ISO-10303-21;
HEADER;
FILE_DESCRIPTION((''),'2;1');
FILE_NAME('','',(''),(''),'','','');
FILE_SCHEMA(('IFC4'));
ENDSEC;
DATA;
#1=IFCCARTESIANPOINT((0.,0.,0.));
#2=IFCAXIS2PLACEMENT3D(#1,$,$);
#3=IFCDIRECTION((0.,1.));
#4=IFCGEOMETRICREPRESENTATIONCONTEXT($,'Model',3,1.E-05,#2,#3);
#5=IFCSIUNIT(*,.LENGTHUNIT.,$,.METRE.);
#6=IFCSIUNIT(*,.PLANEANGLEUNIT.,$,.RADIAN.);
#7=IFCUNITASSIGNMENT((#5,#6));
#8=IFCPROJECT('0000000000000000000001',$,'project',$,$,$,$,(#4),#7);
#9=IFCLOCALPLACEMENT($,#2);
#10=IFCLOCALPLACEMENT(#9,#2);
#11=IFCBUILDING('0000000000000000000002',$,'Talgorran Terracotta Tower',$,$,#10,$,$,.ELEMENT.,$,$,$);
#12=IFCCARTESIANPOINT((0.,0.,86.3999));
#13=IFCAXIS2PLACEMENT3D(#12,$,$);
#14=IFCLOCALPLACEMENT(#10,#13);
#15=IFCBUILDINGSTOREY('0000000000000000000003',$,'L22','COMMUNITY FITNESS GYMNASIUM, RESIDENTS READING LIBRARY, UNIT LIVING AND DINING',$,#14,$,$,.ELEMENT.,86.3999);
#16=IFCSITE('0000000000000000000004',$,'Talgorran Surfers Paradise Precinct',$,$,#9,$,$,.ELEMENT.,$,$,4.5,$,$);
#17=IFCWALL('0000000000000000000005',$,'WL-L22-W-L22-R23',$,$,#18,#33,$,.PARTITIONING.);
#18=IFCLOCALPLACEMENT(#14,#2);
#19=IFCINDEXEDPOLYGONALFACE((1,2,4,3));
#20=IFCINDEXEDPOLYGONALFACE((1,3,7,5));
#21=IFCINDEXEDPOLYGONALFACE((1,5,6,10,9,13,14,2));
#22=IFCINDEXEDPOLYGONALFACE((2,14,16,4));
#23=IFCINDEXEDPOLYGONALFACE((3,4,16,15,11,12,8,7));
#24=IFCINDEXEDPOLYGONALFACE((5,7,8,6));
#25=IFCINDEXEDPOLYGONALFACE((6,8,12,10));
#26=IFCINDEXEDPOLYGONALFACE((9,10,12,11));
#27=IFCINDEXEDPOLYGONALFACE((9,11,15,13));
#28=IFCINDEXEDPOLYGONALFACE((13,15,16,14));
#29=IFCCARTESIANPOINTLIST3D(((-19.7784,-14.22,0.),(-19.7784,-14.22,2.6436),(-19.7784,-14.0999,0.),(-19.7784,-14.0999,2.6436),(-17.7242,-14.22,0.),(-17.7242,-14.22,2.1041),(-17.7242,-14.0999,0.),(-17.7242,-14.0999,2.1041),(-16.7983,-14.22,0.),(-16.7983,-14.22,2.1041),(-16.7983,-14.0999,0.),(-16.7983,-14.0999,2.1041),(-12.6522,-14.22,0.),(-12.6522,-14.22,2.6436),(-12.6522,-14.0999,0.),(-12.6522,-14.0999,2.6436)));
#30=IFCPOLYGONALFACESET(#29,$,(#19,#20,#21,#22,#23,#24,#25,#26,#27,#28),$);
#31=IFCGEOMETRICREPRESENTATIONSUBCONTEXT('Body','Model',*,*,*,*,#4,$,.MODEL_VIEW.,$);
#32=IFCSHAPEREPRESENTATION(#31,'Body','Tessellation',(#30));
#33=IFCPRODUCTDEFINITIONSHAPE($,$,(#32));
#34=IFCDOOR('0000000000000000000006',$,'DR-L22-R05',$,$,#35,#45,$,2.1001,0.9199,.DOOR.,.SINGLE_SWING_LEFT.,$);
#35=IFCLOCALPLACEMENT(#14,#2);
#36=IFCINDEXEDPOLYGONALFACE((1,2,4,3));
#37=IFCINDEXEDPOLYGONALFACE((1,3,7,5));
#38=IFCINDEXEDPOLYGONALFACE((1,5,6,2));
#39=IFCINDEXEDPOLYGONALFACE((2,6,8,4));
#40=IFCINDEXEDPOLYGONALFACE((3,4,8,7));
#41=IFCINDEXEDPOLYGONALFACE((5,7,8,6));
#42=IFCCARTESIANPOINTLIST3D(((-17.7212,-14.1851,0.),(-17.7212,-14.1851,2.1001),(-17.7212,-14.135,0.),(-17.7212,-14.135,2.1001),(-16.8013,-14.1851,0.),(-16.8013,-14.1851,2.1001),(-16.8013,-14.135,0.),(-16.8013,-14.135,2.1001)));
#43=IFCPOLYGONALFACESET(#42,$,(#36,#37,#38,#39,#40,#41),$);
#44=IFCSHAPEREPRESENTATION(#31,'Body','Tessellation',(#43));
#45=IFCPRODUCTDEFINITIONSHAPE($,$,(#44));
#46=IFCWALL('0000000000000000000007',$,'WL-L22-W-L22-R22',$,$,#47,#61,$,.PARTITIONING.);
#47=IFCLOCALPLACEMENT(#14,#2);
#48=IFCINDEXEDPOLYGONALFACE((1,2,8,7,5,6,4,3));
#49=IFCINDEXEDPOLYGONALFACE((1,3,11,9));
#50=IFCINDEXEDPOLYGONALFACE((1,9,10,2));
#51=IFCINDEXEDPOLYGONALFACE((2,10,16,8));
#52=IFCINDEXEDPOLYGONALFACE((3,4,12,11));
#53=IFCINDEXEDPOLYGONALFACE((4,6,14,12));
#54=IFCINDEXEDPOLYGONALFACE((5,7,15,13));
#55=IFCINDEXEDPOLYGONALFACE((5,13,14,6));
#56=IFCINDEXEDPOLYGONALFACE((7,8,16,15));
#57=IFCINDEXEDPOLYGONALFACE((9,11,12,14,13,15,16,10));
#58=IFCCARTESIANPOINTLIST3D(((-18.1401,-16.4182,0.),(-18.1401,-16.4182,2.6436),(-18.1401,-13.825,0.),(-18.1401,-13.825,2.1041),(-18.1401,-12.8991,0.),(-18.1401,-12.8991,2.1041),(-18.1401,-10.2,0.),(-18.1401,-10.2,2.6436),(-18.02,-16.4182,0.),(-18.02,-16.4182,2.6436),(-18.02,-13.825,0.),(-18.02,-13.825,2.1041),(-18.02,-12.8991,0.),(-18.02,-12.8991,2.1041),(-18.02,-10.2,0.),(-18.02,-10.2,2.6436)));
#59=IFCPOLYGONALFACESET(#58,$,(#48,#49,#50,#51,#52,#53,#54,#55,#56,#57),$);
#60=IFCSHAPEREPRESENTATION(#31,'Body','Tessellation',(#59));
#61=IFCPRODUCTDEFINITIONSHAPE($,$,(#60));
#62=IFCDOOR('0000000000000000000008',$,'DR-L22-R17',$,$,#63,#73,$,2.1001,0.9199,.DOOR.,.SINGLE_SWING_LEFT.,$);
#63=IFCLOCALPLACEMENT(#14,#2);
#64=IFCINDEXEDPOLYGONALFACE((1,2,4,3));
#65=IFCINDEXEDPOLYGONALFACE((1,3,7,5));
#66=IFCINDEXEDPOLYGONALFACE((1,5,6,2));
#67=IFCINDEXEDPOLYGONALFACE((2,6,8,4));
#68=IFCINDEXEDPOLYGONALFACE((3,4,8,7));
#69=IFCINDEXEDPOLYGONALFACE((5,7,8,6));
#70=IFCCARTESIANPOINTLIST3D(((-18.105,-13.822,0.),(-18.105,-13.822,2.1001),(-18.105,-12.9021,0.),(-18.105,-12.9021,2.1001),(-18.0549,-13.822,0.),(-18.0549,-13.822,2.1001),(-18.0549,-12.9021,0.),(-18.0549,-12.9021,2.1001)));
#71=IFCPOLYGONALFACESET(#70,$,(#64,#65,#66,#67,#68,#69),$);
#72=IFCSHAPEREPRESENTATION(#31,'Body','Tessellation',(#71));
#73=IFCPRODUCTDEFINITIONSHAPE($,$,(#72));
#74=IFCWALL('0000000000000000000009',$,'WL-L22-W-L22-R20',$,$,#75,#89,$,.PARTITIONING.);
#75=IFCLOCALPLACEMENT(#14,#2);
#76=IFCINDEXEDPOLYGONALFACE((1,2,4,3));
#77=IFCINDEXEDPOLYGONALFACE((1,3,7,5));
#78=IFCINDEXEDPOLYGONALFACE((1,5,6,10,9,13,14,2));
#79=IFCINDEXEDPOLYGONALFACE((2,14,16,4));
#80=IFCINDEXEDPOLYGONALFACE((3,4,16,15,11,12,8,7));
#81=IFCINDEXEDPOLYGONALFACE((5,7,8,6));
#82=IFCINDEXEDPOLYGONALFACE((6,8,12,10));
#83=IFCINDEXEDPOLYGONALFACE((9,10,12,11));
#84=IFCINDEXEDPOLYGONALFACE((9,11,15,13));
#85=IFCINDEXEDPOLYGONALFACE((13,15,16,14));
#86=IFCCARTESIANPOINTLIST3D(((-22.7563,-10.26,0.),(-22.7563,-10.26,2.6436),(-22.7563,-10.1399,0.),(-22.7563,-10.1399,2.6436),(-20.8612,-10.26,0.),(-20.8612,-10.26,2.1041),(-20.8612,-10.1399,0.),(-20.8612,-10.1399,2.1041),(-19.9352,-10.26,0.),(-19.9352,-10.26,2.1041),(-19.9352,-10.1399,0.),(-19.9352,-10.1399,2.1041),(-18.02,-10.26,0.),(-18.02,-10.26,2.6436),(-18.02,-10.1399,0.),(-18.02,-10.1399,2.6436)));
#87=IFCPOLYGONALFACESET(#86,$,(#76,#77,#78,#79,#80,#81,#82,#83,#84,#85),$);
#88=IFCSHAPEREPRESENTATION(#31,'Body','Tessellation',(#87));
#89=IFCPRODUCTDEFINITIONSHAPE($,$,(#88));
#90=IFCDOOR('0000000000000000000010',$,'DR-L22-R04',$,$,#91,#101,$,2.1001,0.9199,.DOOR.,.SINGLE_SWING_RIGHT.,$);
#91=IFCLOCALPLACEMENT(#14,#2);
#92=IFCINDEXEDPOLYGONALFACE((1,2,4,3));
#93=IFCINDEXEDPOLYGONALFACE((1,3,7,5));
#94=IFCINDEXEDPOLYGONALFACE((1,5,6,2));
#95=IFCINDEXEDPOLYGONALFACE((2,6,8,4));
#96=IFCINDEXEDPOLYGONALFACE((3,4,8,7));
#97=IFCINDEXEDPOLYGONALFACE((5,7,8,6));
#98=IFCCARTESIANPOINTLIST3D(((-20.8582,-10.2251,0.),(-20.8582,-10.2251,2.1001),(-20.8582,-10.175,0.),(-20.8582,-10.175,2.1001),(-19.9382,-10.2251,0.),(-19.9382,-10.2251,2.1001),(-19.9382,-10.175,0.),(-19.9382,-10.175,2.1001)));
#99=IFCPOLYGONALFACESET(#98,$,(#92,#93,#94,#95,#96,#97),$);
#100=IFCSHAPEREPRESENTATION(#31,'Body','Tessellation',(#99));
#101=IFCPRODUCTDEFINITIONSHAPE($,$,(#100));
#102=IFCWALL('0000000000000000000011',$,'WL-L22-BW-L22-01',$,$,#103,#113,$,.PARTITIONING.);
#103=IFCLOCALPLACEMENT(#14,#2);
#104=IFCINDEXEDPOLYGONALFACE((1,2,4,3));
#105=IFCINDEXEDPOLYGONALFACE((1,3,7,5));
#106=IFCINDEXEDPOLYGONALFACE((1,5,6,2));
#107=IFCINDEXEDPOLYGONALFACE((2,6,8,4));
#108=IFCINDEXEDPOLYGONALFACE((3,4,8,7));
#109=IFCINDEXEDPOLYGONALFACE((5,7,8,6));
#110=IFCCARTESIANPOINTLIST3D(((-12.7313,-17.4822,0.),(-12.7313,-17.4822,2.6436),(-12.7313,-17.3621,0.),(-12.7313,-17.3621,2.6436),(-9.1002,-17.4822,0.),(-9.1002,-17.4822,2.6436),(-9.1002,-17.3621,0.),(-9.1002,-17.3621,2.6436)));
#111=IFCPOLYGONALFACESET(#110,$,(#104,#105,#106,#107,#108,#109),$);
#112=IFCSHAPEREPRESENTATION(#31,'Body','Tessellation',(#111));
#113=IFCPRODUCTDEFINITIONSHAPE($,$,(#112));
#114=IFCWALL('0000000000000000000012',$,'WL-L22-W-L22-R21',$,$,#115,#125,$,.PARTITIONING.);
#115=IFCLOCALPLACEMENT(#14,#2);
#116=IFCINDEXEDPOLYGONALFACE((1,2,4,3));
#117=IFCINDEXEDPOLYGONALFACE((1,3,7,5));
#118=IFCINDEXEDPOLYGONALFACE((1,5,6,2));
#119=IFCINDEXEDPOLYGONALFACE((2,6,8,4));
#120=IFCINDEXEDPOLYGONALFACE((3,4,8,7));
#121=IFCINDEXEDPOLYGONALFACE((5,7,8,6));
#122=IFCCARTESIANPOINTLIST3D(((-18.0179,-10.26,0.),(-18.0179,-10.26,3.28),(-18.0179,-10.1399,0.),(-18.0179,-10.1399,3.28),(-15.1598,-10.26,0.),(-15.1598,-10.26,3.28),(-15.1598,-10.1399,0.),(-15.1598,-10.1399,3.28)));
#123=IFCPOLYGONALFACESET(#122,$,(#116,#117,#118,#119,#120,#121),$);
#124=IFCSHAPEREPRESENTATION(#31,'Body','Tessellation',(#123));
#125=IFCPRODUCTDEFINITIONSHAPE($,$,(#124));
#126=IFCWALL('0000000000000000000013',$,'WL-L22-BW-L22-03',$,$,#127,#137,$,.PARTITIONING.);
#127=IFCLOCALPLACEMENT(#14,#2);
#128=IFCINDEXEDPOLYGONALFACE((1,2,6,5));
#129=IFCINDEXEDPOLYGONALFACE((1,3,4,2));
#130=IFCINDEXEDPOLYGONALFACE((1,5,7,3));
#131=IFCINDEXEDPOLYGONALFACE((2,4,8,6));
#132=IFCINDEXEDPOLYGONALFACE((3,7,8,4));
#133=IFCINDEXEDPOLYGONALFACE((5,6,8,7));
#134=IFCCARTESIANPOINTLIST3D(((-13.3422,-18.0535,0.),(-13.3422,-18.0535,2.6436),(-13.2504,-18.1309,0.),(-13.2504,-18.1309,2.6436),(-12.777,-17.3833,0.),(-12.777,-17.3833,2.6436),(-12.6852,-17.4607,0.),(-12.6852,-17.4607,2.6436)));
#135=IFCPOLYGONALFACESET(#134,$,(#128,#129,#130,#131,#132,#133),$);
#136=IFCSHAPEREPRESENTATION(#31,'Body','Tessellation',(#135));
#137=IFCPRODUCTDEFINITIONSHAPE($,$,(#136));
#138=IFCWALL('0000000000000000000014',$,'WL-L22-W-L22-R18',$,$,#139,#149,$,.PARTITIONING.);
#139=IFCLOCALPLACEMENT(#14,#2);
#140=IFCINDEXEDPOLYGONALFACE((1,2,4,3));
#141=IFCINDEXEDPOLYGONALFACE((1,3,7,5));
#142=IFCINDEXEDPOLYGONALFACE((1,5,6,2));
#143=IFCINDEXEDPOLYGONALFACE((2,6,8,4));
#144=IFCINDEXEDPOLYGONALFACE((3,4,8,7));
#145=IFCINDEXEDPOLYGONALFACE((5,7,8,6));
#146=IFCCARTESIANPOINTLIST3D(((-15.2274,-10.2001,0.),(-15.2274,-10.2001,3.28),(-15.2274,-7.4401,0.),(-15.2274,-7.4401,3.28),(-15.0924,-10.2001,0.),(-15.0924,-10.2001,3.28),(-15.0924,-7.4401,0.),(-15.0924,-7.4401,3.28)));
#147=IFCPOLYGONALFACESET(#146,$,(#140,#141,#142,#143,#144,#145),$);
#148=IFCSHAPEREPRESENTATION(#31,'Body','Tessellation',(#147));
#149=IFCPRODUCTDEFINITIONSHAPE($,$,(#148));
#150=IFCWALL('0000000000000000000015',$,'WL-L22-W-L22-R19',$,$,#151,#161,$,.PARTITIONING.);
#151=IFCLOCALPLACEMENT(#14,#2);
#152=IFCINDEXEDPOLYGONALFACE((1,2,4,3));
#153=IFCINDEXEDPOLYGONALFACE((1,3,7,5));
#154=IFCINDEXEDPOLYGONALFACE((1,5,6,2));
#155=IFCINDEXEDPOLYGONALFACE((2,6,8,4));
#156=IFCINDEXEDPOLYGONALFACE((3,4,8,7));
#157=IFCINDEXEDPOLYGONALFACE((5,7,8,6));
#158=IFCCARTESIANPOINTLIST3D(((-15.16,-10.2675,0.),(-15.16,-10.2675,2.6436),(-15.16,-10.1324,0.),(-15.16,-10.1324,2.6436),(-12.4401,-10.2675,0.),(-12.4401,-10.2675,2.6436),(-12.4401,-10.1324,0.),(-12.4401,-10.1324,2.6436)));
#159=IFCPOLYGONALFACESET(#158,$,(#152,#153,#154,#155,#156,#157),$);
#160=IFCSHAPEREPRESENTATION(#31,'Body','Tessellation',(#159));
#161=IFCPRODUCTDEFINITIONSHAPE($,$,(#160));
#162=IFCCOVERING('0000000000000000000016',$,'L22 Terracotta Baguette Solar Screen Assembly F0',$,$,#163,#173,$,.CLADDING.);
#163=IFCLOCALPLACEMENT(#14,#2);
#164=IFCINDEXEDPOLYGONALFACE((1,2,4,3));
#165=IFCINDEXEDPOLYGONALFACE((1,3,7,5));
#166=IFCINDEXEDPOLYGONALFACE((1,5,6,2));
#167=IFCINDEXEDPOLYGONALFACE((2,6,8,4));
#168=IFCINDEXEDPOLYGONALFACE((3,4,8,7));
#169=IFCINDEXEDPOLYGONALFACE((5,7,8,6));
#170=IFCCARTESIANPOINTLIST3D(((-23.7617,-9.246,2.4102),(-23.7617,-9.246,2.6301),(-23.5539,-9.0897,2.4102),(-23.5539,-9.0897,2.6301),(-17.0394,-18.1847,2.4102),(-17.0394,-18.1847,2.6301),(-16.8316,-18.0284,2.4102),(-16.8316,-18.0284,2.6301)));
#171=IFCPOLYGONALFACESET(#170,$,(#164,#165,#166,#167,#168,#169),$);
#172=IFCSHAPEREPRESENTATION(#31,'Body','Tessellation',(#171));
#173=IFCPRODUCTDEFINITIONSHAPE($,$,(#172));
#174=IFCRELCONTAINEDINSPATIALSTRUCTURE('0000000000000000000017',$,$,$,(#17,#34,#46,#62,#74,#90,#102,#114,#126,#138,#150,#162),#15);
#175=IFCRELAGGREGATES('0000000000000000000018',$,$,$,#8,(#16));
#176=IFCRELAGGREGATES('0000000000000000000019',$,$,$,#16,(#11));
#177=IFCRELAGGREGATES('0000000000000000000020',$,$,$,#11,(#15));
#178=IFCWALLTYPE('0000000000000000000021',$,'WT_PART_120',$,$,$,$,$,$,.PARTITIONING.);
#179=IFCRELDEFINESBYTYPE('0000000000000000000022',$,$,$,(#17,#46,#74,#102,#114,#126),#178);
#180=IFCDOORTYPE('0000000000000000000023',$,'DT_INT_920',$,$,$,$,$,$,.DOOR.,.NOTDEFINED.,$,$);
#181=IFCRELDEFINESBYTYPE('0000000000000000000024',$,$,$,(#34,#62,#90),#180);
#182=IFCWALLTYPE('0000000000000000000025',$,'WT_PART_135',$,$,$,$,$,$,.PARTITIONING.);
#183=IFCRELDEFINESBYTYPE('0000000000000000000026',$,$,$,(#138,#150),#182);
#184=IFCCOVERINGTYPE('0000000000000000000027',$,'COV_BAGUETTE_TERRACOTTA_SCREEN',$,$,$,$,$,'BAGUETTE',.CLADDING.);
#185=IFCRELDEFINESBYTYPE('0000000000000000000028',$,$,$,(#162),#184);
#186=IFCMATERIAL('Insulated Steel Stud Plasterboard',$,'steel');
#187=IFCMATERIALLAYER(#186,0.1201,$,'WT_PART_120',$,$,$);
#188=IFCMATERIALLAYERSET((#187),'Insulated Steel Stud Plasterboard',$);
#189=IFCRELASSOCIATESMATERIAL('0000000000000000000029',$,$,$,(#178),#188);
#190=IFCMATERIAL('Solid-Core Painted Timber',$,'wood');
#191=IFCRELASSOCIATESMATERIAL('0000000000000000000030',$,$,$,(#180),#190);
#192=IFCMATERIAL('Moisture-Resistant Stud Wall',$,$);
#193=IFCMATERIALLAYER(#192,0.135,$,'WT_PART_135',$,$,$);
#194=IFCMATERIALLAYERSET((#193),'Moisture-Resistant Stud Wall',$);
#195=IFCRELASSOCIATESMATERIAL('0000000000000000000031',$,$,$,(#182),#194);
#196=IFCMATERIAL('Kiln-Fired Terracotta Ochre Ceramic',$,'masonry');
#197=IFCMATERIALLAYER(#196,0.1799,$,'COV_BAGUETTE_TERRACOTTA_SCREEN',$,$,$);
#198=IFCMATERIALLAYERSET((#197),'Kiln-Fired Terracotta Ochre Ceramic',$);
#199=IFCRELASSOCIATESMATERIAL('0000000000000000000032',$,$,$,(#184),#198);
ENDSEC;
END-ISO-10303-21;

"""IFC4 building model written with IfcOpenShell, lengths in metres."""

from ifc_helpers import new_model, si_unit, direction, frame, frame_2d, origin, origin_2d, place, context, subcontext, project, spatial, rectangle, extrude, material, layer, layer_set, type_object, element, fill, save


model = new_model("IFC4")

# Units and contexts
model_context = context("Model", 3, precision=1e-05, world=origin(), true_north=direction((0.0, 1.0)))
body_context = subcontext(model_context, "Body", "Model", "MODEL_VIEW")
ifc_project = project(units=[si_unit("LENGTHUNIT", "METRE"), si_unit("PLANEANGLEUNIT", "RADIAN")], contexts=[model_context])

# Site, building, storey
site_placement = place(None, origin())
site = spatial("IfcSite", under=ifc_project, at=site_placement, Name="Talgorran Surfers Paradise Precinct", CompositionType="ELEMENT", RefElevation=4.5)
building_placement = place(site_placement, origin())
building = spatial("IfcBuilding", under=site, at=building_placement, Name="Talgorran Terracotta Tower", CompositionType="ELEMENT")
storey_placement = place(building_placement, frame((0.0, 0.0, 86.3999)))
storey = spatial("IfcBuildingStorey", under=building, at=storey_placement, Name="L22", Description="COMMUNITY FITNESS GYMNASIUM, RESIDENTS READING LIBRARY, UNIT LIVING AND DINING", CompositionType="ELEMENT", Elevation=86.3999)

# Walls, openings, doors
ifc_material_1 = material(Name="Insulated Steel Stud Plasterboard", Category="steel")
ifc_layer_1 = layer(ifc_material_1, 0.1201, Name="WT_PART_120")
ifc_layer_set_1 = layer_set([ifc_layer_1], Name="Insulated Steel Stud Plasterboard")
wall_type_1 = type_object("IfcWallType", Name="WT_PART_120", PredefinedType="PARTITIONING", material=ifc_layer_set_1)
wall_1_placement = place(storey_placement, frame((-19.7783, -14.1599, 0.0), z_axis=(0.0, 0.0, 1.0), x_axis=(1.0, 0.0, 0.0)))
wall_1 = element("IfcWall", 1, at=wall_1_placement, inside=storey, type_object=wall_type_1, Name="WL-L22-W-L22-R23", PredefinedType="PARTITIONING", context=body_context, shape_type="SweptSolid", body=[
    extrude(rectangle(XDim=7.1262, YDim=0.1201, at=frame_2d((3.563, 0.0))), origin(), (0.0, 0.0, 1.0), 2.6436),
])
opening_1_placement = place(wall_1_placement, frame((2.0571, 0.0, 0.0)))
opening_1 = element("IfcOpeningElement", 2, at=opening_1_placement, cuts=wall_1, PredefinedType="OPENING", context=body_context, shape_type="SweptSolid", body=[
    extrude(rectangle(XDim=0.9259, YDim=2.1041, at=frame_2d((0.46, 1.052))), frame((0.0, 0.0701, 0.0), z_axis=(0.0, -1.0, 0.0), x_axis=(1.0, 0.0, 0.0)), (0.0, 0.0, 1.0), 0.1401),
])
ifc_material_2 = material(Name="Solid-Core Painted Timber", Category="wood")
door_type = type_object("IfcDoorType", Name="DT_INT_920", OperationType="NOTDEFINED", PredefinedType="DOOR", material=ifc_material_2)
door_1_placement = place(opening_1_placement, origin())
door_1 = element("IfcDoor", 3, at=door_1_placement, inside=storey, type_object=door_type, Name="DR-L22-R05", OperationType="SINGLE_SWING_LEFT", OverallHeight=2.1001, OverallWidth=0.9199, PredefinedType="DOOR", context=body_context, shape_type="SweptSolid", body=[
    extrude(rectangle(XDim=0.9199, YDim=2.1001, at=frame_2d((0.46, 1.05))), frame((0.0, 0.0249, 0.0), z_axis=(0.0, -1.0, 0.0), x_axis=(1.0, 0.0, 0.0)), (0.0, 0.0, 1.0), 0.05),
])
fill(opening_1, door_1)
wall_2_placement = place(storey_placement, frame((-18.0801, -16.4182, 0.0), z_axis=(0.0, 0.0, 1.0), x_axis=(0.0, 1.0, 0.0)))
wall_2 = element("IfcWall", 4, at=wall_2_placement, inside=storey, type_object=wall_type_1, Name="WL-L22-W-L22-R22", PredefinedType="PARTITIONING", context=body_context, shape_type="SweptSolid", body=[
    extrude(rectangle(XDim=6.2183, YDim=0.1201, at=frame_2d((3.1091, 0.0))), origin(), (0.0, 0.0, 1.0), 2.6436),
])
opening_2_placement = place(wall_2_placement, frame((2.5962, 0.0, 0.0)))
opening_2 = element("IfcOpeningElement", 5, at=opening_2_placement, cuts=wall_2, PredefinedType="OPENING", context=body_context, shape_type="SweptSolid", body=[
    extrude(rectangle(XDim=0.9259, YDim=2.1041, at=frame_2d((0.46, 1.052))), frame((0.0, 0.0701, 0.0), z_axis=(0.0, -1.0, 0.0), x_axis=(1.0, 0.0, 0.0)), (0.0, 0.0, 1.0), 0.1401),
])
door_2_placement = place(opening_2_placement, origin())
door_2 = element("IfcDoor", 6, at=door_2_placement, inside=storey, type_object=door_type, Name="DR-L22-R17", OperationType="SINGLE_SWING_LEFT", OverallHeight=2.1001, OverallWidth=0.9199, PredefinedType="DOOR", context=body_context, shape_type="SweptSolid", body=[
    extrude(rectangle(XDim=0.9199, YDim=2.1001, at=frame_2d((0.46, 1.05))), frame((0.0, 0.0249, 0.0), z_axis=(0.0, -1.0, 0.0), x_axis=(1.0, 0.0, 0.0)), (0.0, 0.0, 1.0), 0.05),
])
fill(opening_2, door_2)
wall_3_placement = place(storey_placement, frame((-22.7563, -10.2, 0.0), z_axis=(0.0, 0.0, 1.0), x_axis=(1.0, 0.0, 0.0)))
wall_3 = element("IfcWall", 7, at=wall_3_placement, inside=storey, type_object=wall_type_1, Name="WL-L22-W-L22-R20", PredefinedType="PARTITIONING", context=body_context, shape_type="SweptSolid", body=[
    extrude(rectangle(XDim=4.7363, YDim=0.1201, at=frame_2d((2.3682, 0.0))), origin(), (0.0, 0.0, 1.0), 2.6436),
])
opening_3_placement = place(wall_3_placement, frame((1.8982, 0.0, 0.0)))
opening_3 = element("IfcOpeningElement", 8, at=opening_3_placement, cuts=wall_3, PredefinedType="OPENING", context=body_context, shape_type="SweptSolid", body=[
    extrude(rectangle(XDim=0.9259, YDim=2.1041, at=frame_2d((0.46, 1.052))), frame((0.0, 0.0701, 0.0), z_axis=(0.0, -1.0, 0.0), x_axis=(1.0, 0.0, 0.0)), (0.0, 0.0, 1.0), 0.1401),
])
door_3_placement = place(opening_3_placement, origin())
door_3 = element("IfcDoor", 9, at=door_3_placement, inside=storey, type_object=door_type, Name="DR-L22-R04", OperationType="SINGLE_SWING_RIGHT", OverallHeight=2.1001, OverallWidth=0.9199, PredefinedType="DOOR", context=body_context, shape_type="SweptSolid", body=[
    extrude(rectangle(XDim=0.9199, YDim=2.1001, at=frame_2d((0.46, 1.05))), frame((0.0, 0.0249, 0.0), z_axis=(0.0, -1.0, 0.0), x_axis=(1.0, 0.0, 0.0)), (0.0, 0.0, 1.0), 0.05),
])
fill(opening_3, door_3)

# Walls
wall_4_placement = place(storey_placement, frame((-12.7312, -17.4221, 0.0), z_axis=(0.0, 0.0, 1.0), x_axis=(1.0, 0.0, 0.0)))
element("IfcWall", 10, at=wall_4_placement, inside=storey, type_object=wall_type_1, Name="WL-L22-BW-L22-01", PredefinedType="PARTITIONING", context=body_context, shape_type="SweptSolid", body=[
    extrude(rectangle(XDim=3.6311, YDim=0.1201, at=frame_2d((1.8154, 0.0))), origin(), (0.0, 0.0, 1.0), 2.6436),
])
wall_5_placement = place(storey_placement, frame((-18.0181, -10.2, 0.0), z_axis=(0.0, 0.0, 1.0), x_axis=(1.0, 0.0, 0.0)))
element("IfcWall", 11, at=wall_5_placement, inside=storey, type_object=wall_type_1, Name="WL-L22-W-L22-R21", PredefinedType="PARTITIONING", context=body_context, shape_type="SweptSolid", body=[
    extrude(rectangle(XDim=2.8582, YDim=0.1201, at=frame_2d((1.4292, 0.0))), origin(), (0.0, 0.0, 1.0), 3.28),
])
wall_6_placement = place(storey_placement, frame((-13.2964, -18.0923, 0.0), z_axis=(0.0, 0.0, 1.0), x_axis=(0.644693, 0.764442, 0.0)))
element("IfcWall", 12, at=wall_6_placement, inside=storey, type_object=wall_type_1, Name="WL-L22-BW-L22-03", PredefinedType="PARTITIONING", context=body_context, shape_type="SweptSolid", body=[
    extrude(rectangle(XDim=0.8767, YDim=0.1201, at=frame_2d((0.4385, 0.0))), origin(), (0.0, 0.0, 1.0), 2.6436),
])
ifc_material_3 = material(Name="Moisture-Resistant Stud Wall")
ifc_layer_2 = layer(ifc_material_3, 0.135, Name="WT_PART_135")
ifc_layer_set_2 = layer_set([ifc_layer_2], Name="Moisture-Resistant Stud Wall")
wall_type_2 = type_object("IfcWallType", Name="WT_PART_135", PredefinedType="PARTITIONING", material=ifc_layer_set_2)
wall_7_placement = place(storey_placement, frame((-15.1599, -10.2, 0.0), z_axis=(0.0, 0.0, 1.0), x_axis=(0.0, 1.0, 0.0)))
element("IfcWall", 13, at=wall_7_placement, inside=storey, type_object=wall_type_2, Name="WL-L22-W-L22-R18", PredefinedType="PARTITIONING", context=body_context, shape_type="SweptSolid", body=[
    extrude(rectangle(XDim=2.76, YDim=0.135, at=frame_2d((1.3799, 0.0))), origin(), (0.0, 0.0, 1.0), 3.28),
])
wall_8_placement = place(storey_placement, frame((-15.1599, -10.2, 0.0), z_axis=(0.0, 0.0, 1.0), x_axis=(1.0, 0.0, 0.0)))
element("IfcWall", 14, at=wall_8_placement, inside=storey, type_object=wall_type_2, Name="WL-L22-W-L22-R19", PredefinedType="PARTITIONING", context=body_context, shape_type="SweptSolid", body=[
    extrude(rectangle(XDim=2.72, YDim=0.135, at=frame_2d((1.3599, 0.0))), origin(), (0.0, 0.0, 1.0), 2.6436),
])

# Covering
ifc_material_4 = material(Name="Kiln-Fired Terracotta Ochre Ceramic", Category="masonry")
ifc_layer_3 = layer(ifc_material_4, 0.1799, Name="COV_BAGUETTE_TERRACOTTA_SCREEN")
ifc_layer_set_3 = layer_set([ifc_layer_3], Name="Kiln-Fired Terracotta Ochre Ceramic")
covering_type_1 = type_object("IfcCoveringType", Name="COV_BAGUETTE_TERRACOTTA_SCREEN", ElementType="BAGUETTE", PredefinedType="CLADDING", material=ifc_layer_set_3)
covering_1_placement = place(storey_placement, frame((-20.2966, -13.6372, 2.4102), z_axis=(0.0, 0.0, 1.0), x_axis=(0.601048, -0.799213, 0.0)))
element("IfcCovering", 15, at=covering_1_placement, inside=storey, type_object=covering_type_1, Name="L22 Terracotta Baguette Solar Screen Assembly F0", PredefinedType="CLADDING", context=body_context, shape_type="SweptSolid", body=[
    extrude(rectangle(XDim=11.1843, YDim=0.26, at=origin_2d()), origin(), (0.0, 0.0, 1.0), 0.22),
])

save(model, "model.ifc")
